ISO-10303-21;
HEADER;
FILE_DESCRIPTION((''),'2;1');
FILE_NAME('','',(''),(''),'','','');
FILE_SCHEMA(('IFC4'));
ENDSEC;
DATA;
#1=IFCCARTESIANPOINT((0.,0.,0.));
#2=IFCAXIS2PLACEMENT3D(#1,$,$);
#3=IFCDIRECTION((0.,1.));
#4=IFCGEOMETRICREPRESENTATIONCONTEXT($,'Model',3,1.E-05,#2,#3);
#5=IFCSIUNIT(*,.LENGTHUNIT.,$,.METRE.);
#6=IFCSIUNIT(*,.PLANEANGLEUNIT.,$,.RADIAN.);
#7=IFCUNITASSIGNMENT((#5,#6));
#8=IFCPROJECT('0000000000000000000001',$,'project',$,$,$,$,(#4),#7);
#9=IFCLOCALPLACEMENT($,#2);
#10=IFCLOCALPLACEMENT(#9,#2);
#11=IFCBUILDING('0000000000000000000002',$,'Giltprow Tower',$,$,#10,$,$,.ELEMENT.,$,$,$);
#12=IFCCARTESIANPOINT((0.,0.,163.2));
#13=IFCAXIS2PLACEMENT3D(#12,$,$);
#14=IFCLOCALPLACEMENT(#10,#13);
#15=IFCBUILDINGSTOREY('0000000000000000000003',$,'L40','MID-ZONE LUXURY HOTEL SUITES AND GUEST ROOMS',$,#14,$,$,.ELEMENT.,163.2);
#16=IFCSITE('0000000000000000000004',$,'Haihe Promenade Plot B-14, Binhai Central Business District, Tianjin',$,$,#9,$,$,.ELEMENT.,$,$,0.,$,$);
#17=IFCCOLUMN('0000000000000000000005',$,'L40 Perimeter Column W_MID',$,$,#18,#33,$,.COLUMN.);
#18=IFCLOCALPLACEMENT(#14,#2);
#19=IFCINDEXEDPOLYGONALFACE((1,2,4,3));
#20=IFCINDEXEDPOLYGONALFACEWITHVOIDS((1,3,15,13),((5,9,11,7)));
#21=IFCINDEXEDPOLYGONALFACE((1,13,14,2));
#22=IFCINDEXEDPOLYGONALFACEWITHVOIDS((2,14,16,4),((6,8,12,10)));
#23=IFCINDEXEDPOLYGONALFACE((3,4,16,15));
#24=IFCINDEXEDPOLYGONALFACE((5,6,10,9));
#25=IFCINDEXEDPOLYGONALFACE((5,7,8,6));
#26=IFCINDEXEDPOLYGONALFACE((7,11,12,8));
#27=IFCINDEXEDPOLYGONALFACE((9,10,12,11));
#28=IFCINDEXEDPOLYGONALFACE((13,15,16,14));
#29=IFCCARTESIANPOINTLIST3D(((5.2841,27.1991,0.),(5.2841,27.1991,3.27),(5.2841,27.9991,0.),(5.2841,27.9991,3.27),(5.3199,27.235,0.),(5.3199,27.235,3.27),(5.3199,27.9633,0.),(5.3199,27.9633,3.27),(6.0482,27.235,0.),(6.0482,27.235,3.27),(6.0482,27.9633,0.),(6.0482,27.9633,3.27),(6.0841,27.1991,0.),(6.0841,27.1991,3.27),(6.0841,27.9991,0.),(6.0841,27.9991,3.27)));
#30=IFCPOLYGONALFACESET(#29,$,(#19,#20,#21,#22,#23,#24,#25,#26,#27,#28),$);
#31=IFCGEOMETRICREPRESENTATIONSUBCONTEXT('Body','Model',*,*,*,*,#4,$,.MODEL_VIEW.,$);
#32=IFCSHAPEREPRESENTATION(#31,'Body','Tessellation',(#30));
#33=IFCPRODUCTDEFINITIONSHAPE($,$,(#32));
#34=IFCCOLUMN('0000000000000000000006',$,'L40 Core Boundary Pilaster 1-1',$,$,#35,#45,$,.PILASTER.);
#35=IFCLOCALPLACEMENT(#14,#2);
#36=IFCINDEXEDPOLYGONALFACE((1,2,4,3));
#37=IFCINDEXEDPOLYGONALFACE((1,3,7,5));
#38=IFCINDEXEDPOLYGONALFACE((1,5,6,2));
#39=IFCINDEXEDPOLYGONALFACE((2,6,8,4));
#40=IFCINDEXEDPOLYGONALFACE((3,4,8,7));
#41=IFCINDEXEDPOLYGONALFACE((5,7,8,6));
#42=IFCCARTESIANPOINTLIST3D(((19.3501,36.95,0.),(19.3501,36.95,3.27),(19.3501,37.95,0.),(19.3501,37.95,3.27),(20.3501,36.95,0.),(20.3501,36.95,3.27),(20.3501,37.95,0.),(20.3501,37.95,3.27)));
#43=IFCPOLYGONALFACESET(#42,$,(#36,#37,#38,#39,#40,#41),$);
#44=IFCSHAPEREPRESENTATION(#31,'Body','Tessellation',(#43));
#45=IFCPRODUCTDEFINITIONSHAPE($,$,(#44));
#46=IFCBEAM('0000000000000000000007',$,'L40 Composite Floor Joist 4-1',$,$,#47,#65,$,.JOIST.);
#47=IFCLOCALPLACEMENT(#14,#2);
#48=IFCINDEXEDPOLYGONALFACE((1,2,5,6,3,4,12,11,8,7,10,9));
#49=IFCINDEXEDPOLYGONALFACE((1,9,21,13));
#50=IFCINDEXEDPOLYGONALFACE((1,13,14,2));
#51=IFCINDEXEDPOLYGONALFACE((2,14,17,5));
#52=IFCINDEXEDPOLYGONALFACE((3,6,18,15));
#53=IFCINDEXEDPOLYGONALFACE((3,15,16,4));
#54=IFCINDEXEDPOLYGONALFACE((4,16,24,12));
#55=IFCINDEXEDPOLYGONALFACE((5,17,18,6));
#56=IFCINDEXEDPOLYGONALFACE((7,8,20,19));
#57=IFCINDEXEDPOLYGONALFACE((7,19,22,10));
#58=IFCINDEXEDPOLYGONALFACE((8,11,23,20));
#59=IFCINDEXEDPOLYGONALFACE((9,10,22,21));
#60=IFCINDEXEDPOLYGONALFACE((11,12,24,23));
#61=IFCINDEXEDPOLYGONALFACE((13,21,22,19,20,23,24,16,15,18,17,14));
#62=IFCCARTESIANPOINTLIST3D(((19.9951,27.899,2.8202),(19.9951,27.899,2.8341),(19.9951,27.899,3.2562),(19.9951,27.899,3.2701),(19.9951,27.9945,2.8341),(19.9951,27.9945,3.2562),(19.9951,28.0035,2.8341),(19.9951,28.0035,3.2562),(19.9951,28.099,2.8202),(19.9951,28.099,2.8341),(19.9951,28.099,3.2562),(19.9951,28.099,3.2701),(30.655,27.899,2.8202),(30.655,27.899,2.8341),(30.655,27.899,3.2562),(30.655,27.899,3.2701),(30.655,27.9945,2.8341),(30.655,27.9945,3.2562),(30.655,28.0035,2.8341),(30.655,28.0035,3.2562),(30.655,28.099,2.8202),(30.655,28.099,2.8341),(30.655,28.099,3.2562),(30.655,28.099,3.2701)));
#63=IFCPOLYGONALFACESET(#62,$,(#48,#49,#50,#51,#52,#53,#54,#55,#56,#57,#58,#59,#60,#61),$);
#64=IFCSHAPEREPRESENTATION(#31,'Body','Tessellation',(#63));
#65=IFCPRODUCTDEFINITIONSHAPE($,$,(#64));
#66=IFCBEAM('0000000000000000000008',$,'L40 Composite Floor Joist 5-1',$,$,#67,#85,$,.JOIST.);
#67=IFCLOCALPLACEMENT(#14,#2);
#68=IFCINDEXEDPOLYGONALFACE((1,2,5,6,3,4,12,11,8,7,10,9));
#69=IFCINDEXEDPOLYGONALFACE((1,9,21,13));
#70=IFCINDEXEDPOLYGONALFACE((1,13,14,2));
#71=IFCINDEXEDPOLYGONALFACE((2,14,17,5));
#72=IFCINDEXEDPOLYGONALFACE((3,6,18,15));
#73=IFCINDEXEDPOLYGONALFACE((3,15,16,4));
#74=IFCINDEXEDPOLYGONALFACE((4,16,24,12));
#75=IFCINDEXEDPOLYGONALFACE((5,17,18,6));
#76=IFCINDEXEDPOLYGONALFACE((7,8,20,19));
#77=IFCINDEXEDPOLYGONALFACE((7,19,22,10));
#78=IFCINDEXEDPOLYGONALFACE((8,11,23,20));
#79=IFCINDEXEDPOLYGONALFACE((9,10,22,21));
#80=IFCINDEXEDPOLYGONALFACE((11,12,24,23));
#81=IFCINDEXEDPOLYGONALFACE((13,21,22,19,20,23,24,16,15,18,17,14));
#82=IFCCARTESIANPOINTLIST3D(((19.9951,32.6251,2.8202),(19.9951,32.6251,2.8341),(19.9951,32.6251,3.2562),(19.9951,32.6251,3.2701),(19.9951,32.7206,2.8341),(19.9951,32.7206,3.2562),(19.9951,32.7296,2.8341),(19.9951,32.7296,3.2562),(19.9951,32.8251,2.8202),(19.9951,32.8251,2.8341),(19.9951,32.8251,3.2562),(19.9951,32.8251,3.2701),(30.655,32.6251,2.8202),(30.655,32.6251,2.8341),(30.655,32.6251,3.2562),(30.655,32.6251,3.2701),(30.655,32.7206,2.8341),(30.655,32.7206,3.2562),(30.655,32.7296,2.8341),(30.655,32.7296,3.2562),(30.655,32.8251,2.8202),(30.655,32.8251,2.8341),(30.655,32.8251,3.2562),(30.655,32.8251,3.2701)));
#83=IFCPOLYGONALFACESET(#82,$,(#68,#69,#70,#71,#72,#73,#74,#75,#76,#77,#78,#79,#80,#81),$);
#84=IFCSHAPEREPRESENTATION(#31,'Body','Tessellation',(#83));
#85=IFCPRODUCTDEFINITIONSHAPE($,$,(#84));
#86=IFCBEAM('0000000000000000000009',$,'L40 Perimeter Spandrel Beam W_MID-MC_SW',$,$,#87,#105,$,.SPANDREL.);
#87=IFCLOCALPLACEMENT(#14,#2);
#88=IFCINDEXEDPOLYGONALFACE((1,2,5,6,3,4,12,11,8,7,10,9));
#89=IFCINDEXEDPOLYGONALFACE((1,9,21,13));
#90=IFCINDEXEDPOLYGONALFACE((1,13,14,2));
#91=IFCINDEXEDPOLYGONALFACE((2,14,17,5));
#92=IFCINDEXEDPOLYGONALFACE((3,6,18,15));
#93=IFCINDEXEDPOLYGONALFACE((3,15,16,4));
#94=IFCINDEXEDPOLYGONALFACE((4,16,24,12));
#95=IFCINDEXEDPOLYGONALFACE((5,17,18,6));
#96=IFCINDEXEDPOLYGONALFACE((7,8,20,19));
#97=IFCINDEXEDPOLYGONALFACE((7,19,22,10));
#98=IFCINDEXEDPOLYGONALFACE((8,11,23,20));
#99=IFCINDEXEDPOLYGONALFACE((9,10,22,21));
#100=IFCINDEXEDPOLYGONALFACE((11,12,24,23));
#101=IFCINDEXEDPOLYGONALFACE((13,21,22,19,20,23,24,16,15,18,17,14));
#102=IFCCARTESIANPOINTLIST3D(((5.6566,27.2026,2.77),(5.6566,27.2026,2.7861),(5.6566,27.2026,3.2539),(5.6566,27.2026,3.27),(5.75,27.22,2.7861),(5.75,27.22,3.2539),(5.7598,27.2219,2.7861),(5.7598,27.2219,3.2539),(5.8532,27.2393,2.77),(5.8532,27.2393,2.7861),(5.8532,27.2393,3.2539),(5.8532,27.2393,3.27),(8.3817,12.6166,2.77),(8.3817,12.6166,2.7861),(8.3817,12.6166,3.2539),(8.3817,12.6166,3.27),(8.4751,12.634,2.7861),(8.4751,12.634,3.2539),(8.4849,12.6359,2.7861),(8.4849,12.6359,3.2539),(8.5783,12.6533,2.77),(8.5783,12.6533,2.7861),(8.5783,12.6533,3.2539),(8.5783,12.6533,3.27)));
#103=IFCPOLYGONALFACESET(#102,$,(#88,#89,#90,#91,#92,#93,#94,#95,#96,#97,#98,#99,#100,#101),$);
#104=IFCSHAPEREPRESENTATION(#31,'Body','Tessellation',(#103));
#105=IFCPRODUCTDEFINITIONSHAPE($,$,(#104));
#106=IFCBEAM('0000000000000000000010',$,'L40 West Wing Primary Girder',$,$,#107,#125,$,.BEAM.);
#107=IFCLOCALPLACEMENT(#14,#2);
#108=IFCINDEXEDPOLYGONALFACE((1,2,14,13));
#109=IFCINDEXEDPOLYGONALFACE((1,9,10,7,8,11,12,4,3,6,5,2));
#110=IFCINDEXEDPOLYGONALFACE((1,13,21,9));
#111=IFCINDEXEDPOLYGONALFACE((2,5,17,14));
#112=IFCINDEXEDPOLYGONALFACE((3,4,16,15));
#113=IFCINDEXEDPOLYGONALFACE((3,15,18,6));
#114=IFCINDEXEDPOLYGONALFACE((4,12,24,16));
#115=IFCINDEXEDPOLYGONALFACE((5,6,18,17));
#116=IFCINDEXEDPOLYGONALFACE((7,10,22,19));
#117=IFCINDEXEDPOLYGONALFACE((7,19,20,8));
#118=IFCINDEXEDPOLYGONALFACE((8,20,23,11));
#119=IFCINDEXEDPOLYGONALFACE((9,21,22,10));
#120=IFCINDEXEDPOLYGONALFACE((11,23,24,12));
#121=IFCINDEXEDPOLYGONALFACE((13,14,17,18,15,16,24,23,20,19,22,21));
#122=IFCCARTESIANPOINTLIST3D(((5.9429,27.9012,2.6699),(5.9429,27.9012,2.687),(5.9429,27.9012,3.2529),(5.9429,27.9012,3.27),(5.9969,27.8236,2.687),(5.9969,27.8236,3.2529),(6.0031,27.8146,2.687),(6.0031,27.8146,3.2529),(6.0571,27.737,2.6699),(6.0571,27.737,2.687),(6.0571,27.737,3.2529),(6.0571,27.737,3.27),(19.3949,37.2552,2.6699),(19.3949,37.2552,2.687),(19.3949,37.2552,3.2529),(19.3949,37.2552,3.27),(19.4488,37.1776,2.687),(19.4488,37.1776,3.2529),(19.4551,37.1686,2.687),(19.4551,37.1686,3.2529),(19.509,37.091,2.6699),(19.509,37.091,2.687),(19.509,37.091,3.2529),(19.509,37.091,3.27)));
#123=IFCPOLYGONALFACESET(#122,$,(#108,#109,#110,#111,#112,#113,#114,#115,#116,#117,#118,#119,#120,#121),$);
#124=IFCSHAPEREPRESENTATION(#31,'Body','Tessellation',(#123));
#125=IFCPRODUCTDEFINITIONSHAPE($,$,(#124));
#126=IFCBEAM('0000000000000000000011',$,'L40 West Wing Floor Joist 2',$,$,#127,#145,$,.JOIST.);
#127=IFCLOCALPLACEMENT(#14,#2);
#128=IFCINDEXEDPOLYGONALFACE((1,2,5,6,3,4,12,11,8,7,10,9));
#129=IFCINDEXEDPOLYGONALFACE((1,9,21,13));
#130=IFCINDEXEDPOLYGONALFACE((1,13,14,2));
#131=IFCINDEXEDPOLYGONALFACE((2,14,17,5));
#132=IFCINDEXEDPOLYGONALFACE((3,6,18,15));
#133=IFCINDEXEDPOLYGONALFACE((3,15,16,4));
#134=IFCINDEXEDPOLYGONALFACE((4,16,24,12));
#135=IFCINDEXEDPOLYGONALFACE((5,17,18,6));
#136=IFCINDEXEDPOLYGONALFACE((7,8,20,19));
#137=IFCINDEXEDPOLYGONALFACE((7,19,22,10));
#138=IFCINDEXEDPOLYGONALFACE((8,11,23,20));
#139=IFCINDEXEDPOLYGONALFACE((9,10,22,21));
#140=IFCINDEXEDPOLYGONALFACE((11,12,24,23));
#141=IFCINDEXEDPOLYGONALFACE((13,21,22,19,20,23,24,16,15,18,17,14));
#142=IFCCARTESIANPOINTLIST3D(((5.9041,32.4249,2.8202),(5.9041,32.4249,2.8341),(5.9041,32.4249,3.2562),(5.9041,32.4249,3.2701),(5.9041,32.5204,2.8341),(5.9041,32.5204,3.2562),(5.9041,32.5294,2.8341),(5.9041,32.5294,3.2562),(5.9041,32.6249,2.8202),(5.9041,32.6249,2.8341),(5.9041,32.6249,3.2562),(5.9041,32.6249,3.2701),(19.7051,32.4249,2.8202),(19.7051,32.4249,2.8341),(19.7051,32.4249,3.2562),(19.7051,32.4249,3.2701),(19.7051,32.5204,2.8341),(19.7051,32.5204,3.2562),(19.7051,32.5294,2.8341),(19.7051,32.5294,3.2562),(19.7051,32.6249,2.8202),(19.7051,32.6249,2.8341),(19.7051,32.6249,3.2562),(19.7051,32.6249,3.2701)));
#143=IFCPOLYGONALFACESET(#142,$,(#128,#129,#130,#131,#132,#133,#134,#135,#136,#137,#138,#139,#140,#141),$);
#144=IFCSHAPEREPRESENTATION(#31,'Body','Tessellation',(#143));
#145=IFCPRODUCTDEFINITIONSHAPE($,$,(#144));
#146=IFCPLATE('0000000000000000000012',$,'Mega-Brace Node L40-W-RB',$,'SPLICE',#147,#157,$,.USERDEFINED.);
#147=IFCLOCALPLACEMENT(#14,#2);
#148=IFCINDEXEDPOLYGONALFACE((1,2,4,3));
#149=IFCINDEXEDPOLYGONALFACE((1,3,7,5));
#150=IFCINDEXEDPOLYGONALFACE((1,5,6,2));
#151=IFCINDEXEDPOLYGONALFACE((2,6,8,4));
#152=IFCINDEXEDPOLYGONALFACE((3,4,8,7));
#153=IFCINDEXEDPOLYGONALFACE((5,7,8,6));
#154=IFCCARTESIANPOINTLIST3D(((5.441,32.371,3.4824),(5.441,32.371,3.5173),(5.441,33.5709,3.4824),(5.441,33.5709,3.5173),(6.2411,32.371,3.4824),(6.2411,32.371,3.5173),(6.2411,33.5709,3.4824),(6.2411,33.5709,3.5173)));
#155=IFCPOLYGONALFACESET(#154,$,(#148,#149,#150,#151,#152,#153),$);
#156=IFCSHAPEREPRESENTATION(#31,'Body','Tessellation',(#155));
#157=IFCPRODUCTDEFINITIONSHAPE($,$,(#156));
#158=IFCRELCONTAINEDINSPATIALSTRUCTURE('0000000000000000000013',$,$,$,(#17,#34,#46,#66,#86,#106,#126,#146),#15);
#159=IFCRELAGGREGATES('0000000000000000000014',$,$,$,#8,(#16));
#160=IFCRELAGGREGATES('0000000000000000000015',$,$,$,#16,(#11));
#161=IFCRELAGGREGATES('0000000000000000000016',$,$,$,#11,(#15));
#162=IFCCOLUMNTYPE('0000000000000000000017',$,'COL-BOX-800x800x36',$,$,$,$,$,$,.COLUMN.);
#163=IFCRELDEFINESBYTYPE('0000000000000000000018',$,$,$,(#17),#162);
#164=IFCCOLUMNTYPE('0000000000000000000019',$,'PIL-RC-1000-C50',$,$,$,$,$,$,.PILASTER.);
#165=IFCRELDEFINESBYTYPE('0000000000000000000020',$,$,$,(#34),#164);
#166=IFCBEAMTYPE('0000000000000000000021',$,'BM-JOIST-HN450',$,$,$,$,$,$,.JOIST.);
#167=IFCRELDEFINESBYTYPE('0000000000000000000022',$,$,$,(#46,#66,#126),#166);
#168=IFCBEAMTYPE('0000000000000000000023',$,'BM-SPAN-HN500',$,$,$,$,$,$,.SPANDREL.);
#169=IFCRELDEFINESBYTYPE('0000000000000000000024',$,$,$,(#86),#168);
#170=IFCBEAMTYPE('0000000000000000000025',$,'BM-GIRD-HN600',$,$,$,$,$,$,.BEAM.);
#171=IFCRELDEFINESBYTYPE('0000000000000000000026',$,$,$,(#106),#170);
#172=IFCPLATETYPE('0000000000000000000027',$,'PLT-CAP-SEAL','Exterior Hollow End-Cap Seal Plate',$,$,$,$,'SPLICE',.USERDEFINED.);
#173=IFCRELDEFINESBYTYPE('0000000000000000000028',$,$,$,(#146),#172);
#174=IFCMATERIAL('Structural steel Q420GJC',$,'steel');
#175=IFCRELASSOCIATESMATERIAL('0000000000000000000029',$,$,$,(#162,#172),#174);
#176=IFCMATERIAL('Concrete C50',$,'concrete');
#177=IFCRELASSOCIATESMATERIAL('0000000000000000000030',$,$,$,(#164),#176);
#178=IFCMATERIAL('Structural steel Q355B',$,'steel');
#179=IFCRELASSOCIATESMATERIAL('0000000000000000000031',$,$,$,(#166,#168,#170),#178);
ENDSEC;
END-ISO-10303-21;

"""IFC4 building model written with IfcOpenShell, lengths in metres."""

from ifc_helpers import new_model, si_unit, direction, frame, origin, origin_2d, place, context, subcontext, project, spatial, rectangle, hollow_rectangle, i_section, extrude, source, transform, mapped, material, material_profile, profile_set, type_object, element, save


model = new_model("IFC4")

# Units and contexts
model_context = context("Model", 3, precision=1e-05, world=origin(), true_north=direction((0.0, 1.0)))
body_context = subcontext(model_context, "Body", "Model", "MODEL_VIEW")
ifc_project = project(units=[si_unit("LENGTHUNIT", "METRE"), si_unit("PLANEANGLEUNIT", "RADIAN")], contexts=[model_context])

# Site, building, storey
site_placement = place(None, origin())
site = spatial("IfcSite", under=ifc_project, at=site_placement, Name="Haihe Promenade Plot B-14, Binhai Central Business District, Tianjin", CompositionType="ELEMENT", RefElevation=0.0)
building_placement = place(site_placement, origin())
building = spatial("IfcBuilding", under=site, at=building_placement, Name="Giltprow Tower", CompositionType="ELEMENT")
storey_placement = place(building_placement, frame((0.0, 0.0, 163.2)))
storey = spatial("IfcBuildingStorey", under=building, at=storey_placement, Name="L40", Description="MID-ZONE LUXURY HOTEL SUITES AND GUEST ROOMS", CompositionType="ELEMENT", Elevation=163.2)

# Columns
ifc_material_1 = material(Name="Structural steel Q420GJC", Category="steel")
ifc_material_profile_1 = material_profile(ifc_material_1, hollow_rectangle(XDim=0.8, YDim=0.8, WallThickness=0.0359, at=origin_2d()), Name="BOX 800x800x36")
ifc_profile_set_1 = profile_set([ifc_material_profile_1], Name="Structural steel Q420GJC")
column_type_1 = type_object("IfcColumnType", Name="COL-BOX-800x800x36", PredefinedType="COLUMN", material=ifc_profile_set_1)
shared_shape_1 = source(origin(), body_context, "Body", "SweptSolid", [
    extrude(hollow_rectangle(XDim=0.8, YDim=0.8, WallThickness=0.0359, at=origin_2d()), origin(), (0.0, 0.0, 1.0), 3.27),
])
column_1_placement = place(storey_placement, frame((5.6841, 27.5991, 0.0), z_axis=(0.0, 0.0, 1.0), x_axis=(1.0, 0.0, 0.0)))
element("IfcColumn", 1, at=column_1_placement, inside=storey, type_object=column_type_1, Name="L40 Perimeter Column W_MID", PredefinedType="COLUMN", context=body_context, shape_type="MappedRepresentation", body=[
    mapped(shared_shape_1, transform((0.0, 0.0, 0.0), x_axis=(1.0, 0.0, 0.0), y_axis=(0.0, 1.0, 0.0), z_axis=(0.0, 0.0, 1.0), scale=1.0)),
])
ifc_material_2 = material(Name="Concrete C50", Category="concrete")
ifc_material_profile_2 = material_profile(ifc_material_2, rectangle(XDim=1.0, YDim=1.0, at=origin_2d()), Name="RC 1000x1000")
ifc_profile_set_2 = profile_set([ifc_material_profile_2], Name="Concrete C50")
column_type_2 = type_object("IfcColumnType", Name="PIL-RC-1000-C50", PredefinedType="PILASTER", material=ifc_profile_set_2)
shared_shape_2 = source(origin(), body_context, "Body", "SweptSolid", [
    extrude(rectangle(XDim=1.0, YDim=1.0, at=origin_2d()), origin(), (0.0, 0.0, 1.0), 3.27),
])
column_2_placement = place(storey_placement, frame((19.8501, 37.45, 0.0), z_axis=(0.0, 0.0, 1.0), x_axis=(1.0, 0.0, 0.0)))
element("IfcColumn", 2, at=column_2_placement, inside=storey, type_object=column_type_2, Name="L40 Core Boundary Pilaster 1-1", PredefinedType="PILASTER", context=body_context, shape_type="MappedRepresentation", body=[
    mapped(shared_shape_2, transform((0.0, 0.0, 0.0), x_axis=(1.0, 0.0, 0.0), y_axis=(0.0, 1.0, 0.0), z_axis=(0.0, 0.0, 1.0), scale=1.0)),
])

# Beams
ifc_material_3 = material(Name="Structural steel Q355B", Category="steel")
ifc_material_profile_3 = material_profile(ifc_material_3, i_section(OverallWidth=0.2, OverallDepth=0.45, WebThickness=0.009, FlangeThickness=0.0139, at=origin_2d()), Name="HN 450x200x9x14")
ifc_profile_set_3 = profile_set([ifc_material_profile_3], Name="Structural steel Q355B")
beam_type_1 = type_object("IfcBeamType", Name="BM-JOIST-HN450", PredefinedType="JOIST", material=ifc_profile_set_3)
shared_shape_3 = source(origin(), body_context, "Body", "SweptSolid", [
    extrude(i_section(OverallWidth=0.2, OverallDepth=0.45, WebThickness=0.009, FlangeThickness=0.0139, at=origin_2d()), origin(), (0.0, 0.0, 1.0), 10.6599),
])
for number, where, z_axis, x_axis, name in (
    (3, (19.9951, 27.999, 3.0452), (1.0, 0.0, 0.0), (0.0, 1.0, 0.0), "L40 Composite Floor Joist 4-1"),
    (4, (19.9951, 32.7251, 3.0452), (1.0, 0.0, 0.0), (0.0, 1.0, 0.0), "L40 Composite Floor Joist 5-1"),
):
    element("IfcBeam", number, at=place(storey_placement, frame(where, z_axis=z_axis, x_axis=x_axis)), inside=storey, type_object=beam_type_1, Name=name, PredefinedType="JOIST", context=body_context, shape_type="MappedRepresentation", body=[
        mapped(shared_shape_3, transform((0.0, 0.0, 0.0), x_axis=(1.0, 0.0, 0.0), y_axis=(0.0, 1.0, 0.0), z_axis=(0.0, 0.0, 1.0), scale=1.0)),
    ])
ifc_material_profile_4 = material_profile(ifc_material_3, i_section(OverallWidth=0.2, OverallDepth=0.5, WebThickness=0.01, FlangeThickness=0.0161, at=origin_2d()), Name="HN 500x200x10x16")
ifc_profile_set_4 = profile_set([ifc_material_profile_4], Name="Structural steel Q355B")
beam_type_2 = type_object("IfcBeamType", Name="BM-SPAN-HN500", PredefinedType="SPANDREL", material=ifc_profile_set_4)
shared_shape_4 = source(origin(), body_context, "Body", "SweptSolid", [
    extrude(i_section(OverallWidth=0.2, OverallDepth=0.5, WebThickness=0.01, FlangeThickness=0.0161, at=origin_2d()), origin(), (0.0, 0.0, 1.0), 14.8384),
])
beam_1_placement = place(storey_placement, frame((5.7549, 27.2209, 3.02), z_axis=(0.183653, -0.982991, 0.0), x_axis=(0.982991, 0.183653, 0.0)))
element("IfcBeam", 5, at=beam_1_placement, inside=storey, type_object=beam_type_2, Name="L40 Perimeter Spandrel Beam W_MID-MC_SW", PredefinedType="SPANDREL", context=body_context, shape_type="MappedRepresentation", body=[
    mapped(shared_shape_4, transform((0.0, 0.0, 0.0), x_axis=(1.0, 0.0, 0.0), y_axis=(0.0, 1.0, 0.0), z_axis=(0.0, 0.0, 1.0), scale=1.0)),
])
ifc_material_profile_5 = material_profile(ifc_material_3, i_section(OverallWidth=0.2, OverallDepth=0.6001, WebThickness=0.011, FlangeThickness=0.0171, at=origin_2d()), Name="HN 600x200x11x17")
ifc_profile_set_5 = profile_set([ifc_material_profile_5], Name="Structural steel Q355B")
beam_type_3 = type_object("IfcBeamType", Name="BM-GIRD-HN600", PredefinedType="BEAM", material=ifc_profile_set_5)
shared_shape_5 = source(origin(), body_context, "Body", "SweptSolid", [
    extrude(i_section(OverallWidth=0.2, OverallDepth=0.6001, WebThickness=0.011, FlangeThickness=0.0171, at=origin_2d()), origin(), (0.0, 0.0, 1.0), 16.3845),
])
beam_2_placement = place(storey_placement, frame((6.0, 27.8191, 2.97), z_axis=(0.821015, 0.570906, 0.0), x_axis=(-0.570906, 0.821015, 0.0)))
element("IfcBeam", 6, at=beam_2_placement, inside=storey, type_object=beam_type_3, Name="L40 West Wing Primary Girder", PredefinedType="BEAM", context=body_context, shape_type="MappedRepresentation", body=[
    mapped(shared_shape_5, transform((0.0, 0.0, 0.0), x_axis=(1.0, 0.0, 0.0), y_axis=(0.0, 1.0, 0.0), z_axis=(0.0, 0.0, 1.0), scale=1.0)),
])
shared_shape_6 = source(origin(), body_context, "Body", "SweptSolid", [
    extrude(i_section(OverallWidth=0.2, OverallDepth=0.45, WebThickness=0.009, FlangeThickness=0.0139, at=origin_2d()), origin(), (0.0, 0.0, 1.0), 13.801),
])
beam_3_placement = place(storey_placement, frame((5.9041, 32.5249, 3.0452), z_axis=(1.0, 0.0, 0.0), x_axis=(0.0, 1.0, 0.0)))
element("IfcBeam", 7, at=beam_3_placement, inside=storey, type_object=beam_type_1, Name="L40 West Wing Floor Joist 2", PredefinedType="JOIST", context=body_context, shape_type="MappedRepresentation", body=[
    mapped(shared_shape_6, transform((0.0, 0.0, 0.0), x_axis=(1.0, 0.0, 0.0), y_axis=(0.0, 1.0, 0.0), z_axis=(0.0, 0.0, 1.0), scale=1.0)),
])

# Plate
plate_type = type_object("IfcPlateType", Name="PLT-CAP-SEAL", Description="Exterior Hollow End-Cap Seal Plate", ElementType="SPLICE", PredefinedType="USERDEFINED", material=ifc_material_1)
shared_shape_7 = source(origin(), body_context, "Body", "SweptSolid", [
    extrude(rectangle(XDim=1.2, YDim=0.8, at=origin_2d()), origin(), (0.0, 0.0, 1.0), 0.0349),
])
plate_placement = place(storey_placement, frame((5.8411, 32.9709, 3.4824), z_axis=(0.0, 0.0, 1.0), x_axis=(0.0, 1.0, 0.0)))
element("IfcPlate", 8, at=plate_placement, inside=storey, type_object=plate_type, Name="Mega-Brace Node L40-W-RB", ObjectType="SPLICE", PredefinedType="USERDEFINED", context=body_context, shape_type="MappedRepresentation", body=[
    mapped(shared_shape_7, transform((0.0, 0.0, 0.0), x_axis=(1.0, 0.0, 0.0), y_axis=(0.0, 1.0, 0.0), z_axis=(0.0, 0.0, 1.0), scale=1.0)),
])

save(model, "model.ifc")
